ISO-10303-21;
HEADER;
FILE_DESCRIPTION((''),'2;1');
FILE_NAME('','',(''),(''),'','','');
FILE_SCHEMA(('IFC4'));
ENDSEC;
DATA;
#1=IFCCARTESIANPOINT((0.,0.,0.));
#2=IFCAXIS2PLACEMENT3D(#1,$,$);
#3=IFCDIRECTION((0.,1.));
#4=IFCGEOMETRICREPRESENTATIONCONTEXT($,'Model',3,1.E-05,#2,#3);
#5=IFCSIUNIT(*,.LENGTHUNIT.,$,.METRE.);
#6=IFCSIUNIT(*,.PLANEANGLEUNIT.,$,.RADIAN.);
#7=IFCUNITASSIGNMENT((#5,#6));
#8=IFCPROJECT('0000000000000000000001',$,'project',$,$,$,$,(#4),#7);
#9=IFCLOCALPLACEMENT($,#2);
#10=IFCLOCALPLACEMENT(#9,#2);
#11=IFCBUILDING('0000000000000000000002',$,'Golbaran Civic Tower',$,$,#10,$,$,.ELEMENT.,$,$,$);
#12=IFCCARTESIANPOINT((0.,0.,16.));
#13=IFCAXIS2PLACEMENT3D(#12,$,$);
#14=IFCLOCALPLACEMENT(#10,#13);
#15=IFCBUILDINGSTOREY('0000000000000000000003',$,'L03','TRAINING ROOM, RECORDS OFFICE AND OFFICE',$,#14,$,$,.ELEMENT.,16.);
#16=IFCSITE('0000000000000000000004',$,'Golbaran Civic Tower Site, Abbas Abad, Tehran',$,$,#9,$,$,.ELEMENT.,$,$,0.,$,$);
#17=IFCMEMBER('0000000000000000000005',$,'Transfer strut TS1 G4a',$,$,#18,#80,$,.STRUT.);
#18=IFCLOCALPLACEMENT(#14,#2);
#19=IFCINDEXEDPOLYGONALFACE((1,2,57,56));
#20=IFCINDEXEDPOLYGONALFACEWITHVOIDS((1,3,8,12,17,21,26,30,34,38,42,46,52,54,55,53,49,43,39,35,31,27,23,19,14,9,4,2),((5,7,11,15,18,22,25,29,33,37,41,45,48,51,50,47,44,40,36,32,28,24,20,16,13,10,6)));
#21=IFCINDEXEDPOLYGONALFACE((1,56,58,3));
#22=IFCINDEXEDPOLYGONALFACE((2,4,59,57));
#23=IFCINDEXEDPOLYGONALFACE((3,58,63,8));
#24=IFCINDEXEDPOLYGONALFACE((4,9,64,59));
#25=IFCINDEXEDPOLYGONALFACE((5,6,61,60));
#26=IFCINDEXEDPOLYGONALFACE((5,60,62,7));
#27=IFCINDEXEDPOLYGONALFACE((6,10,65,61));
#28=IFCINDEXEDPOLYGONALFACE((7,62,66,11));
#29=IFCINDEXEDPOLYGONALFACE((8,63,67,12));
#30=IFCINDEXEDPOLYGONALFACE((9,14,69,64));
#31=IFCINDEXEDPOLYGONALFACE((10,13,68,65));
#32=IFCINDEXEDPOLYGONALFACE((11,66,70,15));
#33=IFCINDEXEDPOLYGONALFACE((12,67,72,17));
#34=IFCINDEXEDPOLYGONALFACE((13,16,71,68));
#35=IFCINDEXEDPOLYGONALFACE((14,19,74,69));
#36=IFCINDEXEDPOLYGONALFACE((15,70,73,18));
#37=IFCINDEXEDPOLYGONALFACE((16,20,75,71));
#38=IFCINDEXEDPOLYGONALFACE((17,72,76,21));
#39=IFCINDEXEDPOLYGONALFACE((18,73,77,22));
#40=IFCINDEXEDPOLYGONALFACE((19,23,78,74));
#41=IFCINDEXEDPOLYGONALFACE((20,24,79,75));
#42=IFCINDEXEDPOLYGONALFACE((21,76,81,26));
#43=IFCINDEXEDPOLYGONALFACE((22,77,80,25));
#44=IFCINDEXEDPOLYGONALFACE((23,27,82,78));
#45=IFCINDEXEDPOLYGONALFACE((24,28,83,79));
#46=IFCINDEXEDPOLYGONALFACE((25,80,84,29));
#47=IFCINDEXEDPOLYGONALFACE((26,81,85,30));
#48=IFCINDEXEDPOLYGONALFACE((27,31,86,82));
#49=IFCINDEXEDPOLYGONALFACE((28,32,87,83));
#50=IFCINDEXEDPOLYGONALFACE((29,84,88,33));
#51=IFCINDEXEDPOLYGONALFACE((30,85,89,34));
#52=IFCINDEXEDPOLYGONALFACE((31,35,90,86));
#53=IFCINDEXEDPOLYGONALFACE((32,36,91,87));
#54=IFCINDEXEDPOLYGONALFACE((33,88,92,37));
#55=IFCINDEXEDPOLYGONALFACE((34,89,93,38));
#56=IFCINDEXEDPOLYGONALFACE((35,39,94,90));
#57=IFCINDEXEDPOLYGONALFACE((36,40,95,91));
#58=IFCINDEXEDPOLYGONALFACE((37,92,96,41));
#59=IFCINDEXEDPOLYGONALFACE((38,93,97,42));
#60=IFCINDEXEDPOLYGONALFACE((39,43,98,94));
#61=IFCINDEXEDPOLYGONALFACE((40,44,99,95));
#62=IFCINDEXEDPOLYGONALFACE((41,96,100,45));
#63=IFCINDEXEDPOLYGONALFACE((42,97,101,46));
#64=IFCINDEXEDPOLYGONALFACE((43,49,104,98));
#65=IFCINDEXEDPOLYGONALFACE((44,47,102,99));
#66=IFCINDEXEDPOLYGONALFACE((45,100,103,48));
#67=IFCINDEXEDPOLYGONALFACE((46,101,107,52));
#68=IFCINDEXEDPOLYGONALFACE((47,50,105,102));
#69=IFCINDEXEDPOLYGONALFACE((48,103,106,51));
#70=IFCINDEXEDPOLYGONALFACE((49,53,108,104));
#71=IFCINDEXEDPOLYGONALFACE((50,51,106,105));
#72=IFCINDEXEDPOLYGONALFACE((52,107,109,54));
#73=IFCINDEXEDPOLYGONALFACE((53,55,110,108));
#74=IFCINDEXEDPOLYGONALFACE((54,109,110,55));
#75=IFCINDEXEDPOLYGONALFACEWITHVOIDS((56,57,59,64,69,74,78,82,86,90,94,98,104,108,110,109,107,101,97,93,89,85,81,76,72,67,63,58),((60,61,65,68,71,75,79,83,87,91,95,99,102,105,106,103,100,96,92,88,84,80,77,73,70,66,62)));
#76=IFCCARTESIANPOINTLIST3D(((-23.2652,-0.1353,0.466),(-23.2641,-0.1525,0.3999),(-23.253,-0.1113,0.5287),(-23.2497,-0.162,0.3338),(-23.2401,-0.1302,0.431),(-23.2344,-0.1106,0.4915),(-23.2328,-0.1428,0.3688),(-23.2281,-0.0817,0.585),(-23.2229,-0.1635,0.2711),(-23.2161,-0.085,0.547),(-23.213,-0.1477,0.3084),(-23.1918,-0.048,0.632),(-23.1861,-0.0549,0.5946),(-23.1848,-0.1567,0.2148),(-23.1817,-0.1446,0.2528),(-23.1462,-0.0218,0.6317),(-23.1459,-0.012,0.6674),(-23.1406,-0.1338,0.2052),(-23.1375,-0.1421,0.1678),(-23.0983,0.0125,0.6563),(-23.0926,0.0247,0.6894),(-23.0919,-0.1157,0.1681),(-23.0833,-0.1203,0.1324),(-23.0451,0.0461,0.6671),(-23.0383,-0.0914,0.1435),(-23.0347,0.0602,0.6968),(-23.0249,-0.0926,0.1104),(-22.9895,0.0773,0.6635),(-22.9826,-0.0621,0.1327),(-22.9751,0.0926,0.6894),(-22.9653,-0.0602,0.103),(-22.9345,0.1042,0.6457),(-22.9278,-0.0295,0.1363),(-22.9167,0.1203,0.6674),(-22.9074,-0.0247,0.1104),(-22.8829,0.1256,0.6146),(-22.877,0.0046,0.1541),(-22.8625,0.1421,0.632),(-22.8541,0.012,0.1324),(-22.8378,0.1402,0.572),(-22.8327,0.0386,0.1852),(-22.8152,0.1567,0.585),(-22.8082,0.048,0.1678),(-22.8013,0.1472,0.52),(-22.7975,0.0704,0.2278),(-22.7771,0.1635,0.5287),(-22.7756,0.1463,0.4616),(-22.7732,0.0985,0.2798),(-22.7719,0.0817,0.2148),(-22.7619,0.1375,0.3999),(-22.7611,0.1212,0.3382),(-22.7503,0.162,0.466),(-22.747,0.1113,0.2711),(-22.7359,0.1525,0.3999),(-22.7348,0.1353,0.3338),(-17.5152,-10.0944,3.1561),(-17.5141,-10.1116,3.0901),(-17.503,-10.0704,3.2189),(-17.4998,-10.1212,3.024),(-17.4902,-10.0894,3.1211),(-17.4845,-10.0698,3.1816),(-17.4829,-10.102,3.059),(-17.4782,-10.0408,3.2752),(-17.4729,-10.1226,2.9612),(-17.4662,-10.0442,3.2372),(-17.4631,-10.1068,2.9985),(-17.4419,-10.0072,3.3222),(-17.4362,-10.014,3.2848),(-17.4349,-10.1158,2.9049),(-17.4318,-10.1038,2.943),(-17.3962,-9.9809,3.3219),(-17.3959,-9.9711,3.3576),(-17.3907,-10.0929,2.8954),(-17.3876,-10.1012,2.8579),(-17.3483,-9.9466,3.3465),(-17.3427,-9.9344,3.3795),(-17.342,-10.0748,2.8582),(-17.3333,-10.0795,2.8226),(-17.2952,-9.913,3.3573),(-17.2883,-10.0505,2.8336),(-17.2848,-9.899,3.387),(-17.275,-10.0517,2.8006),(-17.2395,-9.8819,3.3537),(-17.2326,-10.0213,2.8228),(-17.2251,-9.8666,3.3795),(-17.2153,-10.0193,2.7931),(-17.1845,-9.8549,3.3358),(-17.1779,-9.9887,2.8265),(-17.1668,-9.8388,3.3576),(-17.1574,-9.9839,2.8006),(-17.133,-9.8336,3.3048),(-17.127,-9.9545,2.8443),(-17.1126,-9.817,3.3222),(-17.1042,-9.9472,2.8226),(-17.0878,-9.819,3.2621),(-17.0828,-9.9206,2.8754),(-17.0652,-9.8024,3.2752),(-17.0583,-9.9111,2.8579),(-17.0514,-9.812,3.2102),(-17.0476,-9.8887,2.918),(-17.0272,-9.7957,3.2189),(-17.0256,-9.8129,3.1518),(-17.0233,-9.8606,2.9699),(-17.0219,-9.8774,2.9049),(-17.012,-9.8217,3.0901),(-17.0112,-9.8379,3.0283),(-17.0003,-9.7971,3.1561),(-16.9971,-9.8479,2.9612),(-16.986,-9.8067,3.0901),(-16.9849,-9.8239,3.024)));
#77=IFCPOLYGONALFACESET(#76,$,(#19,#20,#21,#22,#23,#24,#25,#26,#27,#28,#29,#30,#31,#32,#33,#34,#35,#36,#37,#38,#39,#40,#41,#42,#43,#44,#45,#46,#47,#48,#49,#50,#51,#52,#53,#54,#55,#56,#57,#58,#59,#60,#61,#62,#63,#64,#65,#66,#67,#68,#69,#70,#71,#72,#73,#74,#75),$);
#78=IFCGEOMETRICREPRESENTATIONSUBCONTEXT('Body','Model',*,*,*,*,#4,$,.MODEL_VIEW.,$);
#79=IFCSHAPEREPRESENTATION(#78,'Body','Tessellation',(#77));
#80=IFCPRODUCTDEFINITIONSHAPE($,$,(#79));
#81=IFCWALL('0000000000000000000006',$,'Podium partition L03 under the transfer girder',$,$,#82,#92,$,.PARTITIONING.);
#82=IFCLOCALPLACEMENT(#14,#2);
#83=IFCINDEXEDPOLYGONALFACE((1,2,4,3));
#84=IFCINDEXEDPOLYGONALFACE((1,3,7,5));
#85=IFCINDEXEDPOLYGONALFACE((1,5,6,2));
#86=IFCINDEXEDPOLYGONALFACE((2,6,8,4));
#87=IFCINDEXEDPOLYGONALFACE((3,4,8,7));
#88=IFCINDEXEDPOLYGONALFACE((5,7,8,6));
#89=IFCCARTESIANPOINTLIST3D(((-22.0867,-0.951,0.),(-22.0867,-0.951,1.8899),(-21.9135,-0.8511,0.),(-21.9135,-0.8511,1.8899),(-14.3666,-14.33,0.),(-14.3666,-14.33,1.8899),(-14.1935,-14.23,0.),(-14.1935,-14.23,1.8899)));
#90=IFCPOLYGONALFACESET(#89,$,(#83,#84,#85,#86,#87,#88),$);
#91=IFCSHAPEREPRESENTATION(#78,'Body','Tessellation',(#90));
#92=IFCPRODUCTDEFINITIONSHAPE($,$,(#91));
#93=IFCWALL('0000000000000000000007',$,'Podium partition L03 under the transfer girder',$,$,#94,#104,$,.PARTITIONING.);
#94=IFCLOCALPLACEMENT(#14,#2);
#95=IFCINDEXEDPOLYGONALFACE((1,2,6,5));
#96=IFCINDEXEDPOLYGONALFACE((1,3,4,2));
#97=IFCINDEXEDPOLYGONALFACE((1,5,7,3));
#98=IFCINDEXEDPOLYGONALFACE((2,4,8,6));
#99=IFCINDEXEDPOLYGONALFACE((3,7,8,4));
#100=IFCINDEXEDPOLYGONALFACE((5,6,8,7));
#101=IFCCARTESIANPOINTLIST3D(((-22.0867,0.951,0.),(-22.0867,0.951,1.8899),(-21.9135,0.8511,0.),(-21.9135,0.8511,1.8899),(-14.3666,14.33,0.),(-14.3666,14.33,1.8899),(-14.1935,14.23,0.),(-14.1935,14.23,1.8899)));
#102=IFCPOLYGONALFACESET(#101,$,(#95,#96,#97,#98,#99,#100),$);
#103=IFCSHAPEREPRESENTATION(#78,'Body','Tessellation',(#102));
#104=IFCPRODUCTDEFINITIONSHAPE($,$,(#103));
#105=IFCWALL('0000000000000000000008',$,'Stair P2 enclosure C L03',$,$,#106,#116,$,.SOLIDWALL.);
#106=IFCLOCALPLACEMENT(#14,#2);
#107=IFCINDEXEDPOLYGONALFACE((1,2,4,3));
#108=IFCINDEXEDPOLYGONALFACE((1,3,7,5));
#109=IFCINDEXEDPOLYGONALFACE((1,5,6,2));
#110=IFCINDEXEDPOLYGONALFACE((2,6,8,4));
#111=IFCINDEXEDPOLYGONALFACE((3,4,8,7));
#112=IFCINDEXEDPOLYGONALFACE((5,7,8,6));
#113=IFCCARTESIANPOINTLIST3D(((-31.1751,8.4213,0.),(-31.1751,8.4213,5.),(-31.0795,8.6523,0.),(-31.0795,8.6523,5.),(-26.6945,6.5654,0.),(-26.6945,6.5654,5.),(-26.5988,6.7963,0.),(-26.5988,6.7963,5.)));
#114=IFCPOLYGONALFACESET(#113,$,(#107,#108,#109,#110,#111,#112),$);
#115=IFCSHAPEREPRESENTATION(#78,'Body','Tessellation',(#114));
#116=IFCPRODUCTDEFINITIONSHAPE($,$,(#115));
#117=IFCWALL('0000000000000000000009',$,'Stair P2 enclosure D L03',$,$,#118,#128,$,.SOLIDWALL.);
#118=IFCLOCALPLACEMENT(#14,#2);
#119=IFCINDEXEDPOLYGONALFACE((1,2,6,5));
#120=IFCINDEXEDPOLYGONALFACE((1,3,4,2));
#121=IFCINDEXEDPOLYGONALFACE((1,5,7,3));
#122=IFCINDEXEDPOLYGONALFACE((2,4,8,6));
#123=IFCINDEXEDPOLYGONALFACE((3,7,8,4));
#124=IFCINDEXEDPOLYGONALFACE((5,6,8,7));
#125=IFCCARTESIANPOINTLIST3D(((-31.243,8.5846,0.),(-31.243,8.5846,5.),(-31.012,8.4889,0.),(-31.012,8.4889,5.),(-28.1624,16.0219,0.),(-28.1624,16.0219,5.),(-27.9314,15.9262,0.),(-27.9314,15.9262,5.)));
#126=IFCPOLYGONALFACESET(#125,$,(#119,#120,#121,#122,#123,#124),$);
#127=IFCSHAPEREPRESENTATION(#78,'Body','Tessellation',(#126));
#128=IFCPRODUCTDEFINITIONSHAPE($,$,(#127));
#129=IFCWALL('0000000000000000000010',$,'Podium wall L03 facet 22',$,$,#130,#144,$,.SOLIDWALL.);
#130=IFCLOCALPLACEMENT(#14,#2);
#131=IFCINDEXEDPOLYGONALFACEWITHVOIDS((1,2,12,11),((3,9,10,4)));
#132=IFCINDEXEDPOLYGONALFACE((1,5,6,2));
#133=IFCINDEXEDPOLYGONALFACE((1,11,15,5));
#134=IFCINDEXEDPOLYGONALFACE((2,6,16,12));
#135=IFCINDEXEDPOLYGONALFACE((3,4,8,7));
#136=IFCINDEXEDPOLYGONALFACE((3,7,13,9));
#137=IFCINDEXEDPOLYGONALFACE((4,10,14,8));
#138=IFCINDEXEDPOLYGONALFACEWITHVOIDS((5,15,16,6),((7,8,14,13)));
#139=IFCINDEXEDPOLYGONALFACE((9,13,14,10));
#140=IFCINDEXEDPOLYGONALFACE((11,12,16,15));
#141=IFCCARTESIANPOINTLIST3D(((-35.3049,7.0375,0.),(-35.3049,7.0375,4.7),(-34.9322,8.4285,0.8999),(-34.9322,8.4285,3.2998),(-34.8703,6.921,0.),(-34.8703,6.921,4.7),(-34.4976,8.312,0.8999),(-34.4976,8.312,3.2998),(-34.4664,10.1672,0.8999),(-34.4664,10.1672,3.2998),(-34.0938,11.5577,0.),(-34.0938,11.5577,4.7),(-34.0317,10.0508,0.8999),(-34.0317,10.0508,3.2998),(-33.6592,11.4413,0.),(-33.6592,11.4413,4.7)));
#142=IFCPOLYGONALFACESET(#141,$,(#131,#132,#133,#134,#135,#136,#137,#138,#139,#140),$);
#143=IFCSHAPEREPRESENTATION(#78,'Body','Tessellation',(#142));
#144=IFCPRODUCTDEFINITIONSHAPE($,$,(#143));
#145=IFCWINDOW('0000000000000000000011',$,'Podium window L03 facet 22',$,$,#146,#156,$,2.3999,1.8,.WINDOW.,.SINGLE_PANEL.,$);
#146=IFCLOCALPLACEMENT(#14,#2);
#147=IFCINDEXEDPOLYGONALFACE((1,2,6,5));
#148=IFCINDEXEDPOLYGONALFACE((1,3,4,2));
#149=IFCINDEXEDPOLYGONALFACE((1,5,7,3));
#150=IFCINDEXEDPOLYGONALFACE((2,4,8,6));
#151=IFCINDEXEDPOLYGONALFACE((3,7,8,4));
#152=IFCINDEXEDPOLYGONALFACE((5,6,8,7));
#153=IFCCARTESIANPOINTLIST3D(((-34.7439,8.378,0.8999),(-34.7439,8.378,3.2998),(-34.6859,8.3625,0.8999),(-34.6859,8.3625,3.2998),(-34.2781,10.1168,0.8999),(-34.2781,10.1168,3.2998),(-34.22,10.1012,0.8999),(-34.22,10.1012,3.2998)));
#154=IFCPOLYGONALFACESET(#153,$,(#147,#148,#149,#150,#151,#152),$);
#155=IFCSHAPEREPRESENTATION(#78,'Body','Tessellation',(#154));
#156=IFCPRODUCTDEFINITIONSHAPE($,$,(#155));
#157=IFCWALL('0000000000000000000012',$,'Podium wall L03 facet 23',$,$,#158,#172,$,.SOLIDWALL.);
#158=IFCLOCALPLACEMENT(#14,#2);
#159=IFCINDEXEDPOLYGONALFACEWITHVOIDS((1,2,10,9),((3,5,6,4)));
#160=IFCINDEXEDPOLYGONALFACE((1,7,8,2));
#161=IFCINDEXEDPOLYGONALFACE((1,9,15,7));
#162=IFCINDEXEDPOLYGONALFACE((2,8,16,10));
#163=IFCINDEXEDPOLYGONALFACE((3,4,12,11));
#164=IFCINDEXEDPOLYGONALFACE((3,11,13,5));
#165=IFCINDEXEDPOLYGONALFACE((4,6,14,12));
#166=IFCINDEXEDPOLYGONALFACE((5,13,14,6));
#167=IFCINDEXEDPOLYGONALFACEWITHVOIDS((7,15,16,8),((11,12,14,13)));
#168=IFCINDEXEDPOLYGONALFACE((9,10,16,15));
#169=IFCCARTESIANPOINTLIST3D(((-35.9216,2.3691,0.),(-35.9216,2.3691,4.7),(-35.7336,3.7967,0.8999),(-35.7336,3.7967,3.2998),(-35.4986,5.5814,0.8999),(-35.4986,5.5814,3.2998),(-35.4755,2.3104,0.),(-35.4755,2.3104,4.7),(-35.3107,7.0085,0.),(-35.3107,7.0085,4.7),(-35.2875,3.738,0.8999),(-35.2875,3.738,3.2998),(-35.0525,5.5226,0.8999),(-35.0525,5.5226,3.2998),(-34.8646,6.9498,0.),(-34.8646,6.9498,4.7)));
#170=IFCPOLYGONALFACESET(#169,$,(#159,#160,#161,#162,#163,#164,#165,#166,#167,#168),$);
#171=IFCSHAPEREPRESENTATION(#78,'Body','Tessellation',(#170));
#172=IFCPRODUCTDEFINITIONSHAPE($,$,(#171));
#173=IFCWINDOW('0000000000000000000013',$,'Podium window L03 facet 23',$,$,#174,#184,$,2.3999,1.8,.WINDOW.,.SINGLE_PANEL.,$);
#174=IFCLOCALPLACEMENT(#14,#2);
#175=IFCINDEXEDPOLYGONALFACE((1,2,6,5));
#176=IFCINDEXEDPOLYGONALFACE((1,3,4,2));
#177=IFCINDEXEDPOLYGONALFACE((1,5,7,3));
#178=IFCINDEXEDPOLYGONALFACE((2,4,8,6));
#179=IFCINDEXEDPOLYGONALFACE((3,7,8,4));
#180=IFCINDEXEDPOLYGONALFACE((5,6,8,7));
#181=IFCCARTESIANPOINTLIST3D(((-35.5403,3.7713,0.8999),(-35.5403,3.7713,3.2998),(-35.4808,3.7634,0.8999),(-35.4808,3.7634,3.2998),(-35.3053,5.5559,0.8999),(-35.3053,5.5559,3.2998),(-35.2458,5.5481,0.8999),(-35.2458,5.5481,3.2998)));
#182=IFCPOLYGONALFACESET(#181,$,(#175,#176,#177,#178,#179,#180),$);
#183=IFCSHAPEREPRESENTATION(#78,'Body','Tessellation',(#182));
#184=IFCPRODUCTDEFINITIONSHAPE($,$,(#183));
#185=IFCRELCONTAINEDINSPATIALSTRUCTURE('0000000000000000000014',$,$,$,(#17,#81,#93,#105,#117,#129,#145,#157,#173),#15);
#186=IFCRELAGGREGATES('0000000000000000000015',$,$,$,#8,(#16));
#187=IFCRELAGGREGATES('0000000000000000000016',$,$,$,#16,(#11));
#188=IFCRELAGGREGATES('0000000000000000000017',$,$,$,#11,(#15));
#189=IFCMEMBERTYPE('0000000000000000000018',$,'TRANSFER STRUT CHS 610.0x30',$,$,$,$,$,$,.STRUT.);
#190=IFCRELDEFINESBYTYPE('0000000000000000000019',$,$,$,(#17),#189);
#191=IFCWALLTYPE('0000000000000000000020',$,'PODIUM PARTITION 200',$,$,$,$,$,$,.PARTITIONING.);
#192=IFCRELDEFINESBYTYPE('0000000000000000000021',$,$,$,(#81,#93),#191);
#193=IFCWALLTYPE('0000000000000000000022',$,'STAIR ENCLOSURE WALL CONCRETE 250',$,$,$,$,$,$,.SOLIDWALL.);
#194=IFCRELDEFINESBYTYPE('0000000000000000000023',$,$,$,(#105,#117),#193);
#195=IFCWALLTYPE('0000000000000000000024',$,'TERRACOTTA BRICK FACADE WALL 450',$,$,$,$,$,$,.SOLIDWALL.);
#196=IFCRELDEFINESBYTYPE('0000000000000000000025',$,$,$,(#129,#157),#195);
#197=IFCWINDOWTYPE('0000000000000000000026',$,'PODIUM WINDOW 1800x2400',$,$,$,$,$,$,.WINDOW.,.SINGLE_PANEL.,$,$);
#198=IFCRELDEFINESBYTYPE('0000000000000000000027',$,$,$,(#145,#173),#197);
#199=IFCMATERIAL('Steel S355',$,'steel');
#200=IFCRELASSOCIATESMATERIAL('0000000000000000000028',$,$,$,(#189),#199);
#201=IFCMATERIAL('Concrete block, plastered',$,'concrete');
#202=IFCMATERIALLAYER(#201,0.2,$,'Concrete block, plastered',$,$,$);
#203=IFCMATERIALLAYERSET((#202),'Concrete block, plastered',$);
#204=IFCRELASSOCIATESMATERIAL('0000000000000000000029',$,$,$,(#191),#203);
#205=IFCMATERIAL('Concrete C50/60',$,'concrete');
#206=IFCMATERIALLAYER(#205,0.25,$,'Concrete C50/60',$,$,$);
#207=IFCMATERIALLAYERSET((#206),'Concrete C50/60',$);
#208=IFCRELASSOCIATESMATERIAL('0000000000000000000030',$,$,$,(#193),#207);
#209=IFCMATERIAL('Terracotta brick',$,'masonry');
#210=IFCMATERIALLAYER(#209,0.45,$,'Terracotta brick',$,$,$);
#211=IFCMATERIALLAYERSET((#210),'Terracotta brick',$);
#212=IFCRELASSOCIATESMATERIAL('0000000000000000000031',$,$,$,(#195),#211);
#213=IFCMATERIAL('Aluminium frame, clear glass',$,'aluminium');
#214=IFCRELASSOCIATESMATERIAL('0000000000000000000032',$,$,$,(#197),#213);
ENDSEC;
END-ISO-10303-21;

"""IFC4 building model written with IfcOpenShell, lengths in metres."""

from ifc_helpers import new_model, si_unit, direction, frame, frame_2d, origin, origin_2d, place, context, subcontext, project, spatial, rectangle, hollow_circle, extrude, material, layer, layer_set, material_profile, profile_set, type_object, element, fill, save


model = new_model("IFC4")

# Units and contexts
model_context = context("Model", 3, precision=1e-05, world=origin(), true_north=direction((0.0, 1.0)))
body_context = subcontext(model_context, "Body", "Model", "MODEL_VIEW")
ifc_project = project(units=[si_unit("LENGTHUNIT", "METRE"), si_unit("PLANEANGLEUNIT", "RADIAN")], contexts=[model_context])

# Site, building, storey
site_placement = place(None, origin())
site = spatial("IfcSite", under=ifc_project, at=site_placement, Name="Golbaran Civic Tower Site, Abbas Abad, Tehran", CompositionType="ELEMENT", RefElevation=0.0)
building_placement = place(site_placement, origin())
building = spatial("IfcBuilding", under=site, at=building_placement, Name="Golbaran Civic Tower", CompositionType="ELEMENT")
storey_placement = place(building_placement, frame((0.0, 0.0, 16.0)))
storey = spatial("IfcBuildingStorey", under=building, at=storey_placement, Name="L03", Description="TRAINING ROOM, RECORDS OFFICE AND OFFICE", CompositionType="ELEMENT", Elevation=16.0)

# Shared definitions
ifc_material_1 = material(Name="Steel S355", Category="steel")
ifc_material_2 = material(Name="Concrete C50/60", Category="concrete")

# Member
ifc_material_profile_1 = material_profile(ifc_material_1, hollow_circle(Radius=0.3049, WallThickness=0.03, at=origin_2d()), Name="CHS 610.0x30")
ifc_profile_set_1 = profile_set([ifc_material_profile_1], Name="Steel S355")
member_type = type_object("IfcMemberType", Name="TRANSFER STRUT CHS 610.0x30", PredefinedType="STRUT", material=ifc_profile_set_1)
for number, where, z_axis, x_axis, name in (
    (1, (-23.0, 0.0, 0.3999), (0.486859, -0.843258, 0.227781), (0.866024, 0.500002, 0.0), "Transfer strut TS1 G4a"),
):
    element("IfcMember", number, at=place(storey_placement, frame(where, z_axis=z_axis, x_axis=x_axis)), inside=storey, type_object=member_type, Name=name, PredefinedType="STRUT", context=body_context, shape_type="SweptSolid", body=[
        extrude(hollow_circle(Radius=0.3049, WallThickness=0.03, at=origin_2d()), origin(), (0.0, 0.0, 1.0), 11.8103),
    ])

# Walls
ifc_material_3 = material(Name="Concrete block, plastered", Category="concrete")
ifc_layer_1 = layer(ifc_material_3, 0.2, Name="Concrete block, plastered")
ifc_layer_set_1 = layer_set([ifc_layer_1], Name="Concrete block, plastered")
wall_type_1 = type_object("IfcWallType", Name="PODIUM PARTITION 200", PredefinedType="PARTITIONING", material=ifc_layer_set_1)
for number, where, z_axis, x_axis, name in (
    (2, (-22.0, -0.9011, 0.0), (0.0, 0.0, 1.0), (0.499789, -0.866147, 0.0), "Podium partition L03 under the transfer girder"),
    (3, (-22.0, 0.9011, 0.0), (0.0, 0.0, 1.0), (0.499789, 0.866147, 0.0), "Podium partition L03 under the transfer girder"),
):
    element("IfcWall", number, at=place(storey_placement, frame(where, z_axis=z_axis, x_axis=x_axis)), inside=storey, type_object=wall_type_1, Name=name, PredefinedType="PARTITIONING", context=body_context, shape_type="SweptSolid", body=[
        extrude(rectangle(XDim=15.4465, YDim=0.2, at=frame_2d((7.7231, 0.0))), origin(), (0.0, 0.0, 1.0), 1.8899),
    ])
ifc_layer_2 = layer(ifc_material_2, 0.25, Name="Concrete C50/60")
ifc_layer_set_2 = layer_set([ifc_layer_2], Name="Concrete C50/60")
wall_type_2 = type_object("IfcWallType", Name="STAIR ENCLOSURE WALL CONCRETE 250", PredefinedType="SOLIDWALL", material=ifc_layer_set_2)
wall_1_placement = place(storey_placement, frame((-26.6467, 6.6809, 0.0), z_axis=(0.0, 0.0, 1.0), x_axis=(-0.923881, 0.382681, 0.0)))
element("IfcWall", 4, at=wall_1_placement, inside=storey, type_object=wall_type_2, Name="Stair P2 enclosure C L03", PredefinedType="SOLIDWALL", context=body_context, shape_type="SweptSolid", body=[
    extrude(rectangle(XDim=4.8499, YDim=0.25, at=frame_2d((2.4248, 0.0))), origin(), (0.0, 0.0, 1.0), 5.0),
])
wall_2_placement = place(storey_placement, frame((-31.1274, 8.5369, 0.0), z_axis=(0.0, 0.0, 1.0), x_axis=(0.382679, 0.923882, 0.0)))
element("IfcWall", 5, at=wall_2_placement, inside=storey, type_object=wall_type_2, Name="Stair P2 enclosure D L03", PredefinedType="SOLIDWALL", context=body_context, shape_type="SweptSolid", body=[
    extrude(rectangle(XDim=8.05, YDim=0.25, at=frame_2d((4.0249, 0.0))), origin(), (0.0, 0.0, 1.0), 5.0),
])

# Walls, openings, windows
ifc_material_4 = material(Name="Terracotta brick", Category="masonry")
ifc_layer_3 = layer(ifc_material_4, 0.45, Name="Terracotta brick")
ifc_layer_set_3 = layer_set([ifc_layer_3], Name="Terracotta brick")
wall_type_3 = type_object("IfcWallType", Name="TERRACOTTA BRICK FACADE WALL 450", PredefinedType="SOLIDWALL", material=ifc_layer_set_3)
wall_3_placement = place(storey_placement, frame((-33.8765, 11.4995, 0.0), z_axis=(0.0, 0.0, 1.0), x_axis=(-0.258815, -0.965927, 0.0)))
wall_3 = element("IfcWall", 6, at=wall_3_placement, inside=storey, type_object=wall_type_3, Name="Podium wall L03 facet 22", PredefinedType="SOLIDWALL", context=body_context, shape_type="SweptSolid", body=[
    extrude(rectangle(XDim=4.6797, YDim=0.45, at=frame_2d((2.3398, 0.0))), origin(), (0.0, 0.0, 1.0), 4.7),
])
opening_1_placement = place(wall_3_placement, frame((1.4397, 0.0, 0.8999)))
opening_1 = element("IfcOpeningElement", 7, at=opening_1_placement, cuts=wall_3, PredefinedType="OPENING", context=body_context, shape_type="SweptSolid", body=[
    extrude(rectangle(XDim=1.8, YDim=2.3999, at=frame_2d((0.8999, 1.2))), frame((0.0, 0.2349, 0.0), z_axis=(0.0, -1.0, 0.0), x_axis=(1.0, 0.0, 0.0)), (0.0, 0.0, 1.0), 0.47),
])
ifc_material_5 = material(Name="Aluminium frame, clear glass", Category="aluminium")
window_type = type_object("IfcWindowType", Name="PODIUM WINDOW 1800x2400", PartitioningType="SINGLE_PANEL", PredefinedType="WINDOW", material=ifc_material_5)
window_1_placement = place(opening_1_placement, origin())
window_1 = element("IfcWindow", 8, at=window_1_placement, inside=storey, type_object=window_type, Name="Podium window L03 facet 22", OverallHeight=2.3999, OverallWidth=1.8, PartitioningType="SINGLE_PANEL", PredefinedType="WINDOW", context=body_context, shape_type="SweptSolid", body=[
    extrude(rectangle(XDim=1.8, YDim=2.3999, at=frame_2d((0.8999, 1.2))), frame((0.0, 0.03, 0.0), z_axis=(0.0, -1.0, 0.0), x_axis=(1.0, 0.0, 0.0)), (0.0, 0.0, 1.0), 0.0601),
])
fill(opening_1, window_1)
wall_4_placement = place(storey_placement, frame((-35.0876, 6.9792, 0.0), z_axis=(0.0, 0.0, 1.0), x_axis=(-0.130537, -0.991443, 0.0)))
wall_4 = element("IfcWall", 9, at=wall_4_placement, inside=storey, type_object=wall_type_3, Name="Podium wall L03 facet 23", PredefinedType="SOLIDWALL", context=body_context, shape_type="SweptSolid", body=[
    extrude(rectangle(XDim=4.6794, YDim=0.45, at=frame_2d((2.3398, 0.0))), origin(), (0.0, 0.0, 1.0), 4.7),
])
opening_2_placement = place(wall_4_placement, frame((1.4397, 0.0, 0.8999)))
opening_2 = element("IfcOpeningElement", 10, at=opening_2_placement, cuts=wall_4, PredefinedType="OPENING", context=body_context, shape_type="SweptSolid", body=[
    extrude(rectangle(XDim=1.8, YDim=2.3999, at=frame_2d((0.8999, 1.2))), frame((0.0, 0.2349, 0.0), z_axis=(0.0, -1.0, 0.0), x_axis=(1.0, 0.0, 0.0)), (0.0, 0.0, 1.0), 0.47),
])
window_2_placement = place(opening_2_placement, origin())
window_2 = element("IfcWindow", 11, at=window_2_placement, inside=storey, type_object=window_type, Name="Podium window L03 facet 23", OverallHeight=2.3999, OverallWidth=1.8, PartitioningType="SINGLE_PANEL", PredefinedType="WINDOW", context=body_context, shape_type="SweptSolid", body=[
    extrude(rectangle(XDim=1.8, YDim=2.3999, at=frame_2d((0.8999, 1.2))), frame((0.0, 0.03, 0.0), z_axis=(0.0, -1.0, 0.0), x_axis=(1.0, 0.0, 0.0)), (0.0, 0.0, 1.0), 0.0601),
])
fill(opening_2, window_2)

save(model, "model.ifc")
